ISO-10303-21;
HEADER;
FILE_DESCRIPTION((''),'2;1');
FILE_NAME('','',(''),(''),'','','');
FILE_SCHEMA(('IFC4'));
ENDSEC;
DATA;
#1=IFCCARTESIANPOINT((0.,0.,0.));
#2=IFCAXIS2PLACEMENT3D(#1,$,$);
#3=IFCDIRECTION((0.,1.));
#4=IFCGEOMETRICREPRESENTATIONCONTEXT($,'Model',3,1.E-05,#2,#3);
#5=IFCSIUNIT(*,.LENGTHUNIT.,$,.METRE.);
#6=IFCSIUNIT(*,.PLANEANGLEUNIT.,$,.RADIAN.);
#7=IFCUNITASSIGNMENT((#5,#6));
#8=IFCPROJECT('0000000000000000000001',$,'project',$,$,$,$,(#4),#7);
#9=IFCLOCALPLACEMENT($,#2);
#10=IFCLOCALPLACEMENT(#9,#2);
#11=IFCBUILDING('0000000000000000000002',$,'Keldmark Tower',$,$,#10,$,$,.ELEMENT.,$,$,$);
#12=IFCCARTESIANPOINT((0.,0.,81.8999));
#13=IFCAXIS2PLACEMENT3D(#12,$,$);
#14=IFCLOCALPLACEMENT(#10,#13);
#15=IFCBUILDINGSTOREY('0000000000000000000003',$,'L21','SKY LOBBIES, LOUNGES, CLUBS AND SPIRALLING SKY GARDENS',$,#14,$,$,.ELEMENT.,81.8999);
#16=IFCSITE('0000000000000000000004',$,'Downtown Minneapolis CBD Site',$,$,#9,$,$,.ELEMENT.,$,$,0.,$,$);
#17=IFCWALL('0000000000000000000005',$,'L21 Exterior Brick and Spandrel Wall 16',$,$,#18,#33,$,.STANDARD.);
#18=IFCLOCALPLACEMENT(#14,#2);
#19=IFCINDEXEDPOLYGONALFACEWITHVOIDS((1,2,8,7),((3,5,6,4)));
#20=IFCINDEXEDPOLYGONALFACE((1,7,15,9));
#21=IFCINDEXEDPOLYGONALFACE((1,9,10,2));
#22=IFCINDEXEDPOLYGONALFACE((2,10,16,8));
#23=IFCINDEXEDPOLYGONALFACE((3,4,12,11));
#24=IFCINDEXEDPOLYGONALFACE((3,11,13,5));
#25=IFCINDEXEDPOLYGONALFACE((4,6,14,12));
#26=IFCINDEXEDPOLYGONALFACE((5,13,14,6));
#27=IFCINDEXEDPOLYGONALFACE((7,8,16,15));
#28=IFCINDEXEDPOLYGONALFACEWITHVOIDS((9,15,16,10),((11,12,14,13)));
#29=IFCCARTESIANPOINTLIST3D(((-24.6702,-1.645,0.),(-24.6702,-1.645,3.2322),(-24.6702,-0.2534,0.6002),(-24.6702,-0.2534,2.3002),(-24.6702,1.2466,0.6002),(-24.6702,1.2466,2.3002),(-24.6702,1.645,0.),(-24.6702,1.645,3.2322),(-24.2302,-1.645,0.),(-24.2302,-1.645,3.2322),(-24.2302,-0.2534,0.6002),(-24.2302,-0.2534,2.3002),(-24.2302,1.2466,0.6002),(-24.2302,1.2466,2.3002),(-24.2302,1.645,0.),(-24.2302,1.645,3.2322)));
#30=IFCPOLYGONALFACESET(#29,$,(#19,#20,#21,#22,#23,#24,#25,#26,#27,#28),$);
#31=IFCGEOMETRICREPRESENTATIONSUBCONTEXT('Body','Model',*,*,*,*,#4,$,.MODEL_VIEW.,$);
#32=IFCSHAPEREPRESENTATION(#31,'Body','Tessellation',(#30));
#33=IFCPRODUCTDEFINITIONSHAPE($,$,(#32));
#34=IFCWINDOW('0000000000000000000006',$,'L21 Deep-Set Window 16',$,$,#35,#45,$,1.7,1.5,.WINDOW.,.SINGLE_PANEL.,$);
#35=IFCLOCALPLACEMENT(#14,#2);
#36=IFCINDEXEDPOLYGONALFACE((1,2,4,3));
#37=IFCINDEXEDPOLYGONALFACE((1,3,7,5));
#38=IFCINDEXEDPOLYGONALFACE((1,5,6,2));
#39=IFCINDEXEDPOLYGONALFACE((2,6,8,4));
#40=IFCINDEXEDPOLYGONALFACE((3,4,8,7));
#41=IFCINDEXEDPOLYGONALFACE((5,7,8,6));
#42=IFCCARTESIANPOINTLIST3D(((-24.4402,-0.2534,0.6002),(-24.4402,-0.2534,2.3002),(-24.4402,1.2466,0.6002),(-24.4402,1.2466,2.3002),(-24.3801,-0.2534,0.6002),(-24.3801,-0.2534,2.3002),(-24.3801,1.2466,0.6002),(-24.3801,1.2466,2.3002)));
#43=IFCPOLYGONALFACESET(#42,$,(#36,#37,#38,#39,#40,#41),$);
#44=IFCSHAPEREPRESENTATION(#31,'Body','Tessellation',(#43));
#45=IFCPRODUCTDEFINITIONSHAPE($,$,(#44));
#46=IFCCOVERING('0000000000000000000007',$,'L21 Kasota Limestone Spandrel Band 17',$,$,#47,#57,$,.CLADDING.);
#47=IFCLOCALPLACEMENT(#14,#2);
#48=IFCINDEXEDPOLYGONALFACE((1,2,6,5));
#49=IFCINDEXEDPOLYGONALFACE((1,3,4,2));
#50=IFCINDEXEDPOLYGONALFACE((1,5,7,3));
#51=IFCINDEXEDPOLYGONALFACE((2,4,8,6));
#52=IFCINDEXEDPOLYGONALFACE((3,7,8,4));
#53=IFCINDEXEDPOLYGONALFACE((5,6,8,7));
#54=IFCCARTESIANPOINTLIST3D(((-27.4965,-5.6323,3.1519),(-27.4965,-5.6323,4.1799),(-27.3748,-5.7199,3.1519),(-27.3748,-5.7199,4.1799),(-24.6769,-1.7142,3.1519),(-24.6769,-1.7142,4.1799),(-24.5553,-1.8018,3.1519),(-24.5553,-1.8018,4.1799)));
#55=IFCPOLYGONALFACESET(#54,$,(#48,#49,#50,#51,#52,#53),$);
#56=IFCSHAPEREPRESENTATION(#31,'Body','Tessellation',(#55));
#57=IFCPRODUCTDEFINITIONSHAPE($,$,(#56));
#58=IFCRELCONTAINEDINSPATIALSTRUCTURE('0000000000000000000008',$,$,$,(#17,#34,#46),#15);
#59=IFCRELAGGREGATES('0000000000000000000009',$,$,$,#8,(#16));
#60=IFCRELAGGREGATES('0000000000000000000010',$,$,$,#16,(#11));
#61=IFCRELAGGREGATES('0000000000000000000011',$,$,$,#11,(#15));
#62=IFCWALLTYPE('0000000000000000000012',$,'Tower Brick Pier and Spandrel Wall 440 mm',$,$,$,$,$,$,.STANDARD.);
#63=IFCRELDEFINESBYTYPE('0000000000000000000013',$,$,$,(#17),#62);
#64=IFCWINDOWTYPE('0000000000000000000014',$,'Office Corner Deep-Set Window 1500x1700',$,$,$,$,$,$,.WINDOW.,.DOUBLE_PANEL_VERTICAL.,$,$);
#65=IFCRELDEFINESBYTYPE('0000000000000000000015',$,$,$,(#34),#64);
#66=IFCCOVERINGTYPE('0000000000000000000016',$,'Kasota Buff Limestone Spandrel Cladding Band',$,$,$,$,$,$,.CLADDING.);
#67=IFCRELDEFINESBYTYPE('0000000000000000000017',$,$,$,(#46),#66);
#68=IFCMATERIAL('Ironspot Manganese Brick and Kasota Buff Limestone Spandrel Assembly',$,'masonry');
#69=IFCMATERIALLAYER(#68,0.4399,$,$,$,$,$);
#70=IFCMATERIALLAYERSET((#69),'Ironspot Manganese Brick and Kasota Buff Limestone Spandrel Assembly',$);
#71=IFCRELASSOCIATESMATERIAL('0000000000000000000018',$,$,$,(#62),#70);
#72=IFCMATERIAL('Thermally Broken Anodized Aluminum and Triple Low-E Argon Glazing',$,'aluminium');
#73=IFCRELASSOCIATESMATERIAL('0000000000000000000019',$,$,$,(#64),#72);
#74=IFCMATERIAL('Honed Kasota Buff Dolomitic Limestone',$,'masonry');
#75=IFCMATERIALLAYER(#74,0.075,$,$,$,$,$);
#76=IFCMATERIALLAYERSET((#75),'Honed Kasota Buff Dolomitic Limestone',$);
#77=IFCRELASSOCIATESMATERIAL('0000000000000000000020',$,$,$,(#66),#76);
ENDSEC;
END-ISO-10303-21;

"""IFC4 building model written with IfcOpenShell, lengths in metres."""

from ifc_helpers import new_model, si_unit, direction, frame, frame_2d, origin, origin_2d, place, context, subcontext, project, spatial, rectangle, extrude, material, layer, layer_set, type_object, element, fill, save


model = new_model("IFC4")

# Units and contexts
model_context = context("Model", 3, precision=1e-05, world=origin(), true_north=direction((0.0, 1.0)))
body_context = subcontext(model_context, "Body", "Model", "MODEL_VIEW")
ifc_project = project(units=[si_unit("LENGTHUNIT", "METRE"), si_unit("PLANEANGLEUNIT", "RADIAN")], contexts=[model_context])

# Site, building, storey
site_placement = place(None, origin())
site = spatial("IfcSite", under=ifc_project, at=site_placement, Name="Downtown Minneapolis CBD Site", CompositionType="ELEMENT", RefElevation=0.0)
building_placement = place(site_placement, origin())
building = spatial("IfcBuilding", under=site, at=building_placement, Name="Keldmark Tower", CompositionType="ELEMENT")
storey_placement = place(building_placement, frame((0.0, 0.0, 81.8999)))
storey = spatial("IfcBuildingStorey", under=building, at=storey_placement, Name="L21", Description="SKY LOBBIES, LOUNGES, CLUBS AND SPIRALLING SKY GARDENS", CompositionType="ELEMENT", Elevation=81.8999)

# Wall, opening, window
ifc_material_1 = material(Name="Ironspot Manganese Brick and Kasota Buff Limestone Spandrel Assembly", Category="masonry")
ifc_layer_1 = layer(ifc_material_1, 0.4399)
ifc_layer_set_1 = layer_set([ifc_layer_1], Name="Ironspot Manganese Brick and Kasota Buff Limestone Spandrel Assembly")
wall_type_1 = type_object("IfcWallType", Name="Tower Brick Pier and Spandrel Wall 440 mm", PredefinedType="STANDARD", material=ifc_layer_set_1)
wall_1_placement = place(storey_placement, frame((-24.4502, -1.645, 0.0), z_axis=(0.0, 0.0, 1.0), x_axis=(0.0, 1.0, 0.0)))
wall_1 = element("IfcWall", 1, at=wall_1_placement, inside=storey, type_object=wall_type_1, Name="L21 Exterior Brick and Spandrel Wall 16", PredefinedType="STANDARD", context=body_context, shape_type="SweptSolid", body=[
    extrude(rectangle(XDim=3.29, YDim=0.4399, at=frame_2d((1.645, 0.0))), origin(), (0.0, 0.0, 1.0), 3.2322),
])
opening_placement = place(wall_1_placement, frame((1.3916, 0.0, 0.6001)))
opening = element("IfcOpeningElement", 2, at=opening_placement, cuts=wall_1, PredefinedType="OPENING", context=body_context, shape_type="SweptSolid", body=[
    extrude(rectangle(XDim=1.5, YDim=1.7, at=frame_2d((0.75, 0.8501))), frame((0.0, 0.23, 0.0), z_axis=(0.0, -1.0, 0.0), x_axis=(1.0, 0.0, 0.0)), (0.0, 0.0, 1.0), 0.46),
])
ifc_material_2 = material(Name="Thermally Broken Anodized Aluminum and Triple Low-E Argon Glazing", Category="aluminium")
window_type = type_object("IfcWindowType", Name="Office Corner Deep-Set Window 1500x1700", PartitioningType="DOUBLE_PANEL_VERTICAL", PredefinedType="WINDOW", material=ifc_material_2)
window_placement = place(opening_placement, origin())
window = element("IfcWindow", 3, at=window_placement, inside=storey, type_object=window_type, Name="L21 Deep-Set Window 16", OverallHeight=1.7, OverallWidth=1.5, PartitioningType="SINGLE_PANEL", PredefinedType="WINDOW", context=body_context, shape_type="SweptSolid", body=[
    extrude(rectangle(XDim=1.5, YDim=1.7, at=frame_2d((0.75, 0.8501))), frame((0.0, -0.01, 0.0), z_axis=(0.0, -1.0, 0.0), x_axis=(1.0, 0.0, 0.0)), (0.0, 0.0, 1.0), 0.0601),
])
fill(opening, window)

# Covering
ifc_material_3 = material(Name="Honed Kasota Buff Dolomitic Limestone", Category="masonry")
ifc_layer_2 = layer(ifc_material_3, 0.075)
ifc_layer_set_2 = layer_set([ifc_layer_2], Name="Honed Kasota Buff Dolomitic Limestone")
covering_type = type_object("IfcCoveringType", Name="Kasota Buff Limestone Spandrel Cladding Band", PredefinedType="CLADDING", material=ifc_layer_set_2)
covering_placement = place(storey_placement, frame((-26.0259, -3.717, 3.1519), z_axis=(0.0, 0.0, 1.0), x_axis=(-0.584108, -0.811676, 0.0)))
element("IfcCovering", 4, at=covering_placement, inside=storey, type_object=covering_type, Name="L21 Kasota Limestone Spandrel Band 17", PredefinedType="CLADDING", context=body_context, shape_type="SweptSolid", body=[
    extrude(rectangle(XDim=4.8271, YDim=0.1499, at=origin_2d()), origin(), (0.0, 0.0, 1.0), 1.0281),
])

save(model, "model.ifc")
